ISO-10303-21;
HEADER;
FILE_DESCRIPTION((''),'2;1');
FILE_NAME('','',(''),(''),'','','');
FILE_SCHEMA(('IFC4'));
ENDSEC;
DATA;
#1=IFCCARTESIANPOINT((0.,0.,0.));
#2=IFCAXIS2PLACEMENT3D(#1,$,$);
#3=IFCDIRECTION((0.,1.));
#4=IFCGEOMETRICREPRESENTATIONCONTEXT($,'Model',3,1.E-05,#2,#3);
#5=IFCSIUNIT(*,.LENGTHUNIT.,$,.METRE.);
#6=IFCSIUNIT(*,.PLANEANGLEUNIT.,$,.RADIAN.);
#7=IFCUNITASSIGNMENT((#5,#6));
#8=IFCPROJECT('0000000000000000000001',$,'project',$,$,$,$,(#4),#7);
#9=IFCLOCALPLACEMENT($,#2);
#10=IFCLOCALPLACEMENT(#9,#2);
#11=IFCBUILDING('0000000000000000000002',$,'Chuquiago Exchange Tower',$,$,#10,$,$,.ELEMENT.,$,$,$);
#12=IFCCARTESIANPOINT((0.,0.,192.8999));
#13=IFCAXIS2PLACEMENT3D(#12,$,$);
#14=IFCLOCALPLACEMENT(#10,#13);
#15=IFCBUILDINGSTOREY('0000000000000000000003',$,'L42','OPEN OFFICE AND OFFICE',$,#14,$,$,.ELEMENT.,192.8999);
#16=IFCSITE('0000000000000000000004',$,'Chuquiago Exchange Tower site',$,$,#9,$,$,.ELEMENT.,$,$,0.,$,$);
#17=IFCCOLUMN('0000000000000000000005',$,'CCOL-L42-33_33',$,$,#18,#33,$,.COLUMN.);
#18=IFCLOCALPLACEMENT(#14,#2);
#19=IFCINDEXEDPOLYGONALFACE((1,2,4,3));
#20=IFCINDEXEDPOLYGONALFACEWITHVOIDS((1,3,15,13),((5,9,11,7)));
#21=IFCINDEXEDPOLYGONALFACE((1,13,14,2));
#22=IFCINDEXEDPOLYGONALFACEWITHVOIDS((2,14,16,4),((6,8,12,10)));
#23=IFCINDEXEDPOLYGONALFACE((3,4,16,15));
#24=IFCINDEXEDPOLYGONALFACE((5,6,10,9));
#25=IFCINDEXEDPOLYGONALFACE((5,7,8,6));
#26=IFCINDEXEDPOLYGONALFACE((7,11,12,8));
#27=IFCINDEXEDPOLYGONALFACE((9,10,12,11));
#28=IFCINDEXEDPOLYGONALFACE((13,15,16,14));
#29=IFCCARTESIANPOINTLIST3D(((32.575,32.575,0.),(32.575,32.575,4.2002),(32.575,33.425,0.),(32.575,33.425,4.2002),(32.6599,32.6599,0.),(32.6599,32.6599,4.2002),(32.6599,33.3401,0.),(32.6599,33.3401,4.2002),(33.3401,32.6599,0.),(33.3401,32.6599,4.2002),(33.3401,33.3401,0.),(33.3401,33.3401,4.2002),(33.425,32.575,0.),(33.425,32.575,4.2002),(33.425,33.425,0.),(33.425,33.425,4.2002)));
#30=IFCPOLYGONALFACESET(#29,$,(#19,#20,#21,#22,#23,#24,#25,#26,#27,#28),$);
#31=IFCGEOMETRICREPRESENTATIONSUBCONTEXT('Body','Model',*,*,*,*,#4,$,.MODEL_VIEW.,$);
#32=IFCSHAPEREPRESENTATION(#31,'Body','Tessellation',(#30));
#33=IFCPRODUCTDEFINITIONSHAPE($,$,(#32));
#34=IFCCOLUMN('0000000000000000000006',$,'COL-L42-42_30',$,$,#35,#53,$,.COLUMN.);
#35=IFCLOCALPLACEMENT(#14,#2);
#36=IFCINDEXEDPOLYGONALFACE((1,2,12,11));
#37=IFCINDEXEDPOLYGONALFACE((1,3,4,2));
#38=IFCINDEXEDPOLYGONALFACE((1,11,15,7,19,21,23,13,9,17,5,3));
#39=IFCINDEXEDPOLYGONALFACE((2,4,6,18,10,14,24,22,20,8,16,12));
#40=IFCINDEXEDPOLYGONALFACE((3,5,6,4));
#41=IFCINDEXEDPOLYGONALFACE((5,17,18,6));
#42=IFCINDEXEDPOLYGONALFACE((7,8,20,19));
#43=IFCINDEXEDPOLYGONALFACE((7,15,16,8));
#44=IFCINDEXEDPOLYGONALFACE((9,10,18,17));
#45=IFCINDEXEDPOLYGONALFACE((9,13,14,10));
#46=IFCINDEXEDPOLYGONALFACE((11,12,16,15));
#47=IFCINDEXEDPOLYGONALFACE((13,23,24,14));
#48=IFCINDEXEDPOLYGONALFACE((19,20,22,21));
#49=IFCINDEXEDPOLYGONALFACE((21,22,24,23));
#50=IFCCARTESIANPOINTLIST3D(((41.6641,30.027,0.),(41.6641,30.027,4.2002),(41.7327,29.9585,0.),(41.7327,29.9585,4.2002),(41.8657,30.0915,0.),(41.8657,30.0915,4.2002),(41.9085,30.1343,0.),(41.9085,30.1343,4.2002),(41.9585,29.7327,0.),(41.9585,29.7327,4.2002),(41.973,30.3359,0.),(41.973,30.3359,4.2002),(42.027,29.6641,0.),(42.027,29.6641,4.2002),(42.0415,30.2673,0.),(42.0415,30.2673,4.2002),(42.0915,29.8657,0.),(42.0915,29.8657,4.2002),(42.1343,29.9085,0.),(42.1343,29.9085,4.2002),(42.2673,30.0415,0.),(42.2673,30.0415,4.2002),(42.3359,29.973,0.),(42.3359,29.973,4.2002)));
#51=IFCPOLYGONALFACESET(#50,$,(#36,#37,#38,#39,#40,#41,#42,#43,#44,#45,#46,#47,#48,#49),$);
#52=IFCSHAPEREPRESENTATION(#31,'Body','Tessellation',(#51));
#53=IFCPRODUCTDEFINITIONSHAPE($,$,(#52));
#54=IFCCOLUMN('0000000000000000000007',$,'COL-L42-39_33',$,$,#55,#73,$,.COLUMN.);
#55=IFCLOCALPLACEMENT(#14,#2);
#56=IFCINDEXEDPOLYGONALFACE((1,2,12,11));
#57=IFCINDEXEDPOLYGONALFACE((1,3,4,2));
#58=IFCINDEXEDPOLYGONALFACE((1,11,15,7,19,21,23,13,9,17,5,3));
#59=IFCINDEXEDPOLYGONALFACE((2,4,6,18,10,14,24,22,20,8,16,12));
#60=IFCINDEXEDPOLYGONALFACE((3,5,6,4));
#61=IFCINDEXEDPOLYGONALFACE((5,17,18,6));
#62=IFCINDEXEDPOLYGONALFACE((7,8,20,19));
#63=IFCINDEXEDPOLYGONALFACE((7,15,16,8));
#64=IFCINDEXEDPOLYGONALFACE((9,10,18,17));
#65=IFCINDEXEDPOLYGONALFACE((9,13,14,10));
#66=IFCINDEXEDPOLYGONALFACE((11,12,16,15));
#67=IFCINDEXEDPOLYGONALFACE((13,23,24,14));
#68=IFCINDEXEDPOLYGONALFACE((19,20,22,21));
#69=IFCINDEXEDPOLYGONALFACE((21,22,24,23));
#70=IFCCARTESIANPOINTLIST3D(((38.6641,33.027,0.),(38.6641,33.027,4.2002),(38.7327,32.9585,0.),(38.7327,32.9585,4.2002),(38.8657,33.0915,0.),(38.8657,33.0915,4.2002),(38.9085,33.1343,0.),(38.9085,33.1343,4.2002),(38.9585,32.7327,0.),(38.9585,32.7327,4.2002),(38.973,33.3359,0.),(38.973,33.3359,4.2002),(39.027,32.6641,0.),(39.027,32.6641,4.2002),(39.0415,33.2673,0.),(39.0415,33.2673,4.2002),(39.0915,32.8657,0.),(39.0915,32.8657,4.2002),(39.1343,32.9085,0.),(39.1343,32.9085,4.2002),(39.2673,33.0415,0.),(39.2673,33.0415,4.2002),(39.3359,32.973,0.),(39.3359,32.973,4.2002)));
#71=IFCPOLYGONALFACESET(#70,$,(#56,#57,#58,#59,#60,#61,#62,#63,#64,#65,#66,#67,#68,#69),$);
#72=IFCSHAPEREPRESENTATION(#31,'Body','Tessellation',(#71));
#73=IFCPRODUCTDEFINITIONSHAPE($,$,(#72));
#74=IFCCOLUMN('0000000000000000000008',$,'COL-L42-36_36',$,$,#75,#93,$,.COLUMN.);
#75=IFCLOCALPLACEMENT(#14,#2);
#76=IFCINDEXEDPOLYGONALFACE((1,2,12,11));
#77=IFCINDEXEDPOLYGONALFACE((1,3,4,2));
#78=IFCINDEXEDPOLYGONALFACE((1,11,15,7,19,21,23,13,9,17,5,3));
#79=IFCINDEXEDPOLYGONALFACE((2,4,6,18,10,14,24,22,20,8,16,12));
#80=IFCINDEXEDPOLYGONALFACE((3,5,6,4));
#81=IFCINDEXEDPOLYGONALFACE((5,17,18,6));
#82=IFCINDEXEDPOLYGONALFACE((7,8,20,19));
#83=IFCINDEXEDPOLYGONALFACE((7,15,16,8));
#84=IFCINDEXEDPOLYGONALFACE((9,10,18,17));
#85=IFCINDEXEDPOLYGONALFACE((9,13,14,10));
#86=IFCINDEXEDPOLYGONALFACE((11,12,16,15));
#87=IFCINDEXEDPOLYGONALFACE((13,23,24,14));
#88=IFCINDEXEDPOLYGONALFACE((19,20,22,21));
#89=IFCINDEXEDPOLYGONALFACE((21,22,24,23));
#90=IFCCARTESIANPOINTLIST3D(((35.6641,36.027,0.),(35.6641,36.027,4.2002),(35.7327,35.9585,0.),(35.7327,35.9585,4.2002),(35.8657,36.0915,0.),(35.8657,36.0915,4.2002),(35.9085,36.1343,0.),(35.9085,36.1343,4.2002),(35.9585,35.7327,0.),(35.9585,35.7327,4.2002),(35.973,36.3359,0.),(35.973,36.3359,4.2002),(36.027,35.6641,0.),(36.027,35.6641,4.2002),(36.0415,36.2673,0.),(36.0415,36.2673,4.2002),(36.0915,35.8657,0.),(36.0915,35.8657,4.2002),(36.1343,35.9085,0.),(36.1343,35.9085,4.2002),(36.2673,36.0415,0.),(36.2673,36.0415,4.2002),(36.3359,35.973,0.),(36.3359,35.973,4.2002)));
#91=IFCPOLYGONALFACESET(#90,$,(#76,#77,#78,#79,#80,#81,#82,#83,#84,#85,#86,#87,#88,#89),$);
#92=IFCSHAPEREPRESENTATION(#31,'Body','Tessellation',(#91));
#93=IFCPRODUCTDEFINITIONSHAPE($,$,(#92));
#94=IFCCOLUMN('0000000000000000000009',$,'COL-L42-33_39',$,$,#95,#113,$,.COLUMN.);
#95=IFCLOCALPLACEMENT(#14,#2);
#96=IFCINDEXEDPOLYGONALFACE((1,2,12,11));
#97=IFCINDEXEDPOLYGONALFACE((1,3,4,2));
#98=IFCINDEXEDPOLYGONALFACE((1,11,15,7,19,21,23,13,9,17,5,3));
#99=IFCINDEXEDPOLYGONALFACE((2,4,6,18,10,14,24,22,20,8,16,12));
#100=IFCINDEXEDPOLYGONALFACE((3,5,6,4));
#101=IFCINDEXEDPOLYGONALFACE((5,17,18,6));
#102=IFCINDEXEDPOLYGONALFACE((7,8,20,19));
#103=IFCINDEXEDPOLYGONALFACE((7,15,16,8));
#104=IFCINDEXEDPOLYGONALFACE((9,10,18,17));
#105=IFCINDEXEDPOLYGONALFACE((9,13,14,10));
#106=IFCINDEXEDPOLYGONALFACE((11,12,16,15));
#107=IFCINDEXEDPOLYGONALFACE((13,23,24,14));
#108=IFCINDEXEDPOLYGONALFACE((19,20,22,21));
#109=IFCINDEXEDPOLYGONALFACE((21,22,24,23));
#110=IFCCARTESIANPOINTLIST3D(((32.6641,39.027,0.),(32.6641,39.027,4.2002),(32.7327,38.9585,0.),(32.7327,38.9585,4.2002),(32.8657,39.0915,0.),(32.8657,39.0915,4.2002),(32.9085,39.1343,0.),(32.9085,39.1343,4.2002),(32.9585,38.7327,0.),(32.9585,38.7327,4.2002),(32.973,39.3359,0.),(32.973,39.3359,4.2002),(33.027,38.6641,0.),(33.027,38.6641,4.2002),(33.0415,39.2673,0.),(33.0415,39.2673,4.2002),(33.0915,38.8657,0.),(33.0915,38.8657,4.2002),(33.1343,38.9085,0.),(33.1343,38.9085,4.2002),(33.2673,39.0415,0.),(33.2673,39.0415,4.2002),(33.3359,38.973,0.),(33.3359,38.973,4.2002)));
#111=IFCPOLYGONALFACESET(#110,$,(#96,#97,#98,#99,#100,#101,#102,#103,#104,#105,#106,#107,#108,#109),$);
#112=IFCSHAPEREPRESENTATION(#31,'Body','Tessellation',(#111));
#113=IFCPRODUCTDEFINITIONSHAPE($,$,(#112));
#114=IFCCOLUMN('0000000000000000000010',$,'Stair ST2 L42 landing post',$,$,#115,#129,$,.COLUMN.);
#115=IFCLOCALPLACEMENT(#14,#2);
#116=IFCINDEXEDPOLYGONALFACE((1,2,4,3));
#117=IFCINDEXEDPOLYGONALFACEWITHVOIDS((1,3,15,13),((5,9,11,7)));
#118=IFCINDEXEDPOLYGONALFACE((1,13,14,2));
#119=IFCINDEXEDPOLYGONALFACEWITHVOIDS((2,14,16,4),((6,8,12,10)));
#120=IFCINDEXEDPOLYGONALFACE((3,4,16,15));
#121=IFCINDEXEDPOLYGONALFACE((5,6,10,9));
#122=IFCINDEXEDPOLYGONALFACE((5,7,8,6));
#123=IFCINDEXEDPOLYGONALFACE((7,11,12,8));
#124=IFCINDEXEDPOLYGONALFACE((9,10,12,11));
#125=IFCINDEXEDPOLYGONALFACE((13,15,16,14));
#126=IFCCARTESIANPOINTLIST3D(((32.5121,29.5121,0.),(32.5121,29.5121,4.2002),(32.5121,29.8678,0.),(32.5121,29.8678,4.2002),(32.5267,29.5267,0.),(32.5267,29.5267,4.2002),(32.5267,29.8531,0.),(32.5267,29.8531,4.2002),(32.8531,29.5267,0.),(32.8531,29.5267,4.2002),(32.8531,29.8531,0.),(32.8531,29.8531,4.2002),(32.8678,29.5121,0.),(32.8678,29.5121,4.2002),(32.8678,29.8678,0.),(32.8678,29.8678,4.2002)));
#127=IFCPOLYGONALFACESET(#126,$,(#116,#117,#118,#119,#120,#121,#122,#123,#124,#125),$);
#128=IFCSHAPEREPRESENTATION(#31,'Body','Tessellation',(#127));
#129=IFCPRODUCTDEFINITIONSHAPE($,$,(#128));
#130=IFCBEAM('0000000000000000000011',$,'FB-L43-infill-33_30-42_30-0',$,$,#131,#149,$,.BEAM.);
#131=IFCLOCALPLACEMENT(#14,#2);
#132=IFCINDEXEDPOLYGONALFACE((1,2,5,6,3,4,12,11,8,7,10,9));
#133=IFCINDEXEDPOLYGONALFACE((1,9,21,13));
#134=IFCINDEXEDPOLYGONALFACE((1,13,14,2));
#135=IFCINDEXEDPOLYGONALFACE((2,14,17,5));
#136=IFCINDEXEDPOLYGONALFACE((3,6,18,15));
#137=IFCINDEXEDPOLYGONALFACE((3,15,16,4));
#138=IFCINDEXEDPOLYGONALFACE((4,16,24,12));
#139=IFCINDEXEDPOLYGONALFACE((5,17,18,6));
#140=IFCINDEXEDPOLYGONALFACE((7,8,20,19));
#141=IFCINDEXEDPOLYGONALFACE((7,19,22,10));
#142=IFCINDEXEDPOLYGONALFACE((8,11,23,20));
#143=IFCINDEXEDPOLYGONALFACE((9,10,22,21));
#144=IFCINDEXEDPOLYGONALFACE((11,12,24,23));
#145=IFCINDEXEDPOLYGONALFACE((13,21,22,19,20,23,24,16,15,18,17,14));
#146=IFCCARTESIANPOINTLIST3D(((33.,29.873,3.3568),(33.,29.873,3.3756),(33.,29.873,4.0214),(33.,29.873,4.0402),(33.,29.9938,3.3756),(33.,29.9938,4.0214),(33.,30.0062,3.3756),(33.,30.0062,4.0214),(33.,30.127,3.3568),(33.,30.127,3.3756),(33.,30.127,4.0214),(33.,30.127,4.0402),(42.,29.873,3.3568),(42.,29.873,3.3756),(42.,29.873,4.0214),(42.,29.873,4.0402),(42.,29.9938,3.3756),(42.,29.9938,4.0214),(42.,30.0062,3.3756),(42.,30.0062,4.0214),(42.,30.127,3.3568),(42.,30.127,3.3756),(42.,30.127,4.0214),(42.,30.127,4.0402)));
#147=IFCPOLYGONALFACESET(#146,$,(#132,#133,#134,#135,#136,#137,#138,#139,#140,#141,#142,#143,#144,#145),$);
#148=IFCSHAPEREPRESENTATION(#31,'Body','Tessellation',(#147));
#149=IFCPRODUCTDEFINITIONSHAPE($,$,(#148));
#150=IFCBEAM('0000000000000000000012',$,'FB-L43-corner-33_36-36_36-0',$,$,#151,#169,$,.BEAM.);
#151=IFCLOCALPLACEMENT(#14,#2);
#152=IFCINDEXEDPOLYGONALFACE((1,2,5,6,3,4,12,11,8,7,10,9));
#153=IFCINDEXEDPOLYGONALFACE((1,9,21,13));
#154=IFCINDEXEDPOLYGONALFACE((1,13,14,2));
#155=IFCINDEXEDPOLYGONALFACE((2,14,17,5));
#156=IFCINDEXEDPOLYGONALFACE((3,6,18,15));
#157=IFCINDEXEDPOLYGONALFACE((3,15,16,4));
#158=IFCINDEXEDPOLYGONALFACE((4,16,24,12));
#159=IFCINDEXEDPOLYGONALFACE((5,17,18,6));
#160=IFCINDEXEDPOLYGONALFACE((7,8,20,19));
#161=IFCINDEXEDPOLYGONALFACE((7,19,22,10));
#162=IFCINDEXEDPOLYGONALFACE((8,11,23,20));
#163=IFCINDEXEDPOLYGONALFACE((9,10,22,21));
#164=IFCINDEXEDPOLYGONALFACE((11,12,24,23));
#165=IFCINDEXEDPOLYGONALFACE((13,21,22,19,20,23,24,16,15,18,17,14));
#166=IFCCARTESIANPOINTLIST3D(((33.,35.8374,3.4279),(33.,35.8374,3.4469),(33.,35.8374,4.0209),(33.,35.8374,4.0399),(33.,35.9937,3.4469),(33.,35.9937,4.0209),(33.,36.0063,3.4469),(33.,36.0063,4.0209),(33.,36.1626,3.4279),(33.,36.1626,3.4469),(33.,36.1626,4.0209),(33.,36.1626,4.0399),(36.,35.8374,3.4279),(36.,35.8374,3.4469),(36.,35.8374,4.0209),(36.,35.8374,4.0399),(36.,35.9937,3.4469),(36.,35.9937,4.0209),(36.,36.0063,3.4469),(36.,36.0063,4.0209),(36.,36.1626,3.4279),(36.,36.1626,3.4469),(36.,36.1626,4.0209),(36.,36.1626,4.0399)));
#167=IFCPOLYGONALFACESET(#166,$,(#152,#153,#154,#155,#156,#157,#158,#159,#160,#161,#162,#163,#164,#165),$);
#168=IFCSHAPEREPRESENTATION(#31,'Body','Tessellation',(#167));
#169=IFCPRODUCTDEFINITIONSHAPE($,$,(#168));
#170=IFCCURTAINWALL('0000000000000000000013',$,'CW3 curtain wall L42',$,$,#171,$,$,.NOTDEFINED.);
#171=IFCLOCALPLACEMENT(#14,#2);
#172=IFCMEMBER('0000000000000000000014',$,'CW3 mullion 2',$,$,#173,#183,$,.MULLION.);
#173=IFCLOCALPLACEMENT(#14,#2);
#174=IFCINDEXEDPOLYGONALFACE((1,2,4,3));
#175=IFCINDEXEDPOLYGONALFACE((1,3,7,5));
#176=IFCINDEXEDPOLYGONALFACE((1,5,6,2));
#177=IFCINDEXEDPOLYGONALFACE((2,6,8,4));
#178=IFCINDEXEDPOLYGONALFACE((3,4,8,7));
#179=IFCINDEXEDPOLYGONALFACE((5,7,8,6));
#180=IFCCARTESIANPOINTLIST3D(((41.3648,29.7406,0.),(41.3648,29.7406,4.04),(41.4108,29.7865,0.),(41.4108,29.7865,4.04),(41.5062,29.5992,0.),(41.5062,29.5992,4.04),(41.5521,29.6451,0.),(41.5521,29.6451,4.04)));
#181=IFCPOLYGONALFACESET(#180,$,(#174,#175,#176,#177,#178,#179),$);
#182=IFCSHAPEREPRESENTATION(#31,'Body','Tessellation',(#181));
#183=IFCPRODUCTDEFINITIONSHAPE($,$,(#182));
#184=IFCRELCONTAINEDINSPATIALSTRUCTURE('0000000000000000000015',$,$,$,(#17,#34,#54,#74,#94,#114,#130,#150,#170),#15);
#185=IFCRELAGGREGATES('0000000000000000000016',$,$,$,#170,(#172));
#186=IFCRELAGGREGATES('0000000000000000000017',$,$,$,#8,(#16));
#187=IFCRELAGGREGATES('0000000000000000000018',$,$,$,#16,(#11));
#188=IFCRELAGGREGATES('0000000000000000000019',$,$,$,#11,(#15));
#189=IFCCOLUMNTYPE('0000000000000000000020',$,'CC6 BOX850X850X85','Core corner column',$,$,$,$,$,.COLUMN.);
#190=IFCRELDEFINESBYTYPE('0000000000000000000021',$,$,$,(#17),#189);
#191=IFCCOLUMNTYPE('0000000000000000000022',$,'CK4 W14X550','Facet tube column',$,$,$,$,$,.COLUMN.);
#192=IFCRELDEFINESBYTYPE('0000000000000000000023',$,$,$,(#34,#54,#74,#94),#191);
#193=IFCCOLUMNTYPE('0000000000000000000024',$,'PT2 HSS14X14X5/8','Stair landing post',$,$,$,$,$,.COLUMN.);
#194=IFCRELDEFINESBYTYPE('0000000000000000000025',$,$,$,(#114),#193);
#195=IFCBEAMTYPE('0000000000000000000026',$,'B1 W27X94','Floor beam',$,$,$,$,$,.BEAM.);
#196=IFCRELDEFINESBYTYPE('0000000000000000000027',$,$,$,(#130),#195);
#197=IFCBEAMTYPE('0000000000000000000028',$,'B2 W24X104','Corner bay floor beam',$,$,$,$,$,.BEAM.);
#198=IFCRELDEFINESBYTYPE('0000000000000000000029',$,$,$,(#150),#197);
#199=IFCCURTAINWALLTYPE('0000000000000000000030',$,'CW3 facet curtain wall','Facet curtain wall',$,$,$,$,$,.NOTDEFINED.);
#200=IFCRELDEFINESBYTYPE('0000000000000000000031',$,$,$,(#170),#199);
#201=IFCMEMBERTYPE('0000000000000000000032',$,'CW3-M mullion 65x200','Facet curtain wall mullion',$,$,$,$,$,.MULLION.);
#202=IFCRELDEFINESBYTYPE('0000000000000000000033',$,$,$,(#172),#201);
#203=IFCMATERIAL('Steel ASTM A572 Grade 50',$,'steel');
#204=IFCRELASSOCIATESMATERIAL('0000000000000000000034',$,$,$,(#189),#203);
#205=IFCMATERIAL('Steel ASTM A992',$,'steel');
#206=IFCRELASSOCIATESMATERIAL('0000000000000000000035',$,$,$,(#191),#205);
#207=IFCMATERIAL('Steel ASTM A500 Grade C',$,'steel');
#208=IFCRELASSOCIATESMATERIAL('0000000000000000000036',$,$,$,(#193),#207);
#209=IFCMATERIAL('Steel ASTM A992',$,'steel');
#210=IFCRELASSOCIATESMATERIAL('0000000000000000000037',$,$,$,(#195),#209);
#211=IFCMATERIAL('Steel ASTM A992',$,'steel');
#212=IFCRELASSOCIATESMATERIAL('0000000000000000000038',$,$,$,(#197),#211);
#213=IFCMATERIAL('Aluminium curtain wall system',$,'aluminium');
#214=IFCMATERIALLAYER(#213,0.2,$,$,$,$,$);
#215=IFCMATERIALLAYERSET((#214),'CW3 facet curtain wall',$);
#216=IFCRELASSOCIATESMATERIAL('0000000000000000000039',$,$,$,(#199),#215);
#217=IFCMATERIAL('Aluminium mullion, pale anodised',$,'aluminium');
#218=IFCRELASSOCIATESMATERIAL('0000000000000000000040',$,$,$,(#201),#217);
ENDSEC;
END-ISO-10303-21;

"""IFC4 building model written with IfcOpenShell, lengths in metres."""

from ifc_helpers import new_model, si_unit, direction, frame, origin, origin_2d, place, context, subcontext, project, spatial, rectangle, hollow_rectangle, i_section, extrude, material, layer, layer_set, material_profile, profile_set, type_object, element, aggregate, save


model = new_model("IFC4")

# Units and contexts
model_context = context("Model", 3, precision=1e-05, world=origin(), true_north=direction((0.0, 1.0)))
body_context = subcontext(model_context, "Body", "Model", "MODEL_VIEW")
ifc_project = project(units=[si_unit("LENGTHUNIT", "METRE"), si_unit("PLANEANGLEUNIT", "RADIAN")], contexts=[model_context])

# Site, building, storey
site_placement = place(None, origin())
site = spatial("IfcSite", under=ifc_project, at=site_placement, Name="Chuquiago Exchange Tower site", CompositionType="ELEMENT", RefElevation=0.0)
building_placement = place(site_placement, origin())
building = spatial("IfcBuilding", under=site, at=building_placement, Name="Chuquiago Exchange Tower", CompositionType="ELEMENT")
storey_placement = place(building_placement, frame((0.0, 0.0, 192.8999)))
storey = spatial("IfcBuildingStorey", under=building, at=storey_placement, Name="L42", Description="OPEN OFFICE AND OFFICE", CompositionType="ELEMENT", Elevation=192.8999)

# Columns
ifc_material_1 = material(Name="Steel ASTM A572 Grade 50", Category="steel")
ifc_material_profile_1 = material_profile(ifc_material_1, hollow_rectangle(XDim=0.8501, YDim=0.8501, WallThickness=0.085, at=origin_2d()), Name="BOX850X850X85")
ifc_profile_set_1 = profile_set([ifc_material_profile_1], Name="Steel ASTM A572 Grade 50")
column_type_1 = type_object("IfcColumnType", Name="CC6 BOX850X850X85", Description="Core corner column", PredefinedType="COLUMN", material=ifc_profile_set_1)
column_1_placement = place(storey_placement, frame((33.0, 33.0, 0.0), z_axis=(0.0, 0.0, 1.0), x_axis=(1.0, 0.0, 0.0)))
element("IfcColumn", 1, at=column_1_placement, inside=storey, type_object=column_type_1, Name="CCOL-L42-33_33", PredefinedType="COLUMN", context=body_context, shape_type="SweptSolid", body=[
    extrude(hollow_rectangle(XDim=0.8501, YDim=0.8501, WallThickness=0.085, at=origin_2d()), origin(), (0.0, 0.0, 1.0), 4.2002),
])
ifc_material_2 = material(Name="Steel ASTM A992", Category="steel")
ifc_material_profile_2 = material_profile(ifc_material_2, i_section(OverallWidth=0.4368, OverallDepth=0.5132, WebThickness=0.0605, FlangeThickness=0.0969, at=origin_2d()), Name="W14X550")
ifc_profile_set_2 = profile_set([ifc_material_profile_2], Name="Steel ASTM A992")
column_type_2 = type_object("IfcColumnType", Name="CK4 W14X550", Description="Facet tube column", PredefinedType="COLUMN", material=ifc_profile_set_2)
for number, where, z_axis, x_axis, name in (
    (2, (42.0, 30.0, 0.0), (0.0, 0.0, 1.0), (0.707107, 0.707107, 0.0), "COL-L42-42_30"),
    (3, (39.0, 33.0, 0.0), (0.0, 0.0, 1.0), (0.707107, 0.707107, 0.0), "COL-L42-39_33"),
    (4, (36.0, 36.0, 0.0), (0.0, 0.0, 1.0), (0.707107, 0.707107, 0.0), "COL-L42-36_36"),
    (5, (33.0, 39.0, 0.0), (0.0, 0.0, 1.0), (0.707107, 0.707107, 0.0), "COL-L42-33_39"),
):
    element("IfcColumn", number, at=place(storey_placement, frame(where, z_axis=z_axis, x_axis=x_axis)), inside=storey, type_object=column_type_2, Name=name, PredefinedType="COLUMN", context=body_context, shape_type="SweptSolid", body=[
        extrude(i_section(OverallWidth=0.4368, OverallDepth=0.5132, WebThickness=0.0605, FlangeThickness=0.0969, at=origin_2d()), origin(), (0.0, 0.0, 1.0), 4.2002),
    ])
ifc_material_3 = material(Name="Steel ASTM A500 Grade C", Category="steel")
ifc_material_profile_3 = material_profile(ifc_material_3, hollow_rectangle(XDim=0.3557, YDim=0.3557, WallThickness=0.0146, at=origin_2d()), Name="HSS14X14X5/8")
ifc_profile_set_3 = profile_set([ifc_material_profile_3], Name="Steel ASTM A500 Grade C")
column_type_3 = type_object("IfcColumnType", Name="PT2 HSS14X14X5/8", Description="Stair landing post", PredefinedType="COLUMN", material=ifc_profile_set_3)
column_2_placement = place(storey_placement, frame((32.6899, 29.6899, 0.0), z_axis=(0.0, 0.0, 1.0), x_axis=(1.0, 0.0, 0.0)))
element("IfcColumn", 6, at=column_2_placement, inside=storey, type_object=column_type_3, Name="Stair ST2 L42 landing post", PredefinedType="COLUMN", context=body_context, shape_type="SweptSolid", body=[
    extrude(hollow_rectangle(XDim=0.3557, YDim=0.3557, WallThickness=0.0146, at=origin_2d()), origin(), (0.0, 0.0, 1.0), 4.2002),
])

# Beams
ifc_material_4 = material(Name="Steel ASTM A992", Category="steel")
ifc_material_profile_4 = material_profile(ifc_material_4, i_section(OverallWidth=0.2539, OverallDepth=0.6833, WebThickness=0.0125, FlangeThickness=0.0188, at=origin_2d()), Name="W27X94")
ifc_profile_set_4 = profile_set([ifc_material_profile_4], Name="Steel ASTM A992")
beam_type_1 = type_object("IfcBeamType", Name="B1 W27X94", Description="Floor beam", PredefinedType="BEAM", material=ifc_profile_set_4)
beam_1_placement = place(storey_placement, frame((33.0, 30.0, 3.6985), z_axis=(1.0, 0.0, 0.0), x_axis=(0.0, 1.0, 0.0)))
element("IfcBeam", 7, at=beam_1_placement, inside=storey, type_object=beam_type_1, Name="FB-L43-infill-33_30-42_30-0", PredefinedType="BEAM", context=body_context, shape_type="SweptSolid", body=[
    extrude(i_section(OverallWidth=0.2539, OverallDepth=0.6833, WebThickness=0.0125, FlangeThickness=0.0188, at=origin_2d()), origin(), (0.0, 0.0, 1.0), 9.0),
])
ifc_material_5 = material(Name="Steel ASTM A992", Category="steel")
ifc_material_profile_5 = material_profile(ifc_material_5, i_section(OverallWidth=0.3252, OverallDepth=0.6121, WebThickness=0.0127, FlangeThickness=0.019, at=origin_2d()), Name="W24X104")
ifc_profile_set_5 = profile_set([ifc_material_profile_5], Name="Steel ASTM A992")
beam_type_2 = type_object("IfcBeamType", Name="B2 W24X104", Description="Corner bay floor beam", PredefinedType="BEAM", material=ifc_profile_set_5)
beam_2_placement = place(storey_placement, frame((33.0, 36.0, 3.7339), z_axis=(1.0, 0.0, 0.0), x_axis=(0.0, 1.0, 0.0)))
element("IfcBeam", 8, at=beam_2_placement, inside=storey, type_object=beam_type_2, Name="FB-L43-corner-33_36-36_36-0", PredefinedType="BEAM", context=body_context, shape_type="SweptSolid", body=[
    extrude(i_section(OverallWidth=0.3252, OverallDepth=0.6121, WebThickness=0.0127, FlangeThickness=0.019, at=origin_2d()), origin(), (0.0, 0.0, 1.0), 3.0),
])

# Curtain wall, member
ifc_material_6 = material(Name="Aluminium curtain wall system", Category="aluminium")
ifc_layer_1 = layer(ifc_material_6, 0.2)
ifc_layer_set_1 = layer_set([ifc_layer_1], Name="CW3 facet curtain wall")
curtain_wall_type = type_object("IfcCurtainWallType", Name="CW3 facet curtain wall", Description="Facet curtain wall", PredefinedType="NOTDEFINED", material=ifc_layer_set_1)
curtain_wall_placement = place(storey_placement, origin())
curtain_wall = element("IfcCurtainWall", 9, at=curtain_wall_placement, inside=storey, type_object=curtain_wall_type, Name="CW3 curtain wall L42", PredefinedType="NOTDEFINED")
ifc_material_7 = material(Name="Aluminium mullion, pale anodised", Category="aluminium")
ifc_material_profile_6 = material_profile(ifc_material_7, rectangle(XDim=0.0649, YDim=0.2, at=origin_2d()), Name="AL 65x200")
ifc_profile_set_6 = profile_set([ifc_material_profile_6], Name="Aluminium mullion, pale anodised")
member_type_1 = type_object("IfcMemberType", Name="CW3-M mullion 65x200", Description="Facet curtain wall mullion", PredefinedType="MULLION", material=ifc_profile_set_6)
member_1_placement = place(storey_placement, frame((41.4585, 29.6929, 0.0), z_axis=(0.0, 0.0, 1.0), x_axis=(-0.707107, -0.707107, 0.0)))
member_1 = element("IfcMember", 10, at=member_1_placement, type_object=member_type_1, Name="CW3 mullion 2", PredefinedType="MULLION", context=body_context, shape_type="SweptSolid", body=[
    extrude(rectangle(XDim=0.0649, YDim=0.2, at=origin_2d()), origin(), (0.0, 0.0, 1.0), 4.04),
])

aggregate(curtain_wall, [member_1])

save(model, "model.ifc")
